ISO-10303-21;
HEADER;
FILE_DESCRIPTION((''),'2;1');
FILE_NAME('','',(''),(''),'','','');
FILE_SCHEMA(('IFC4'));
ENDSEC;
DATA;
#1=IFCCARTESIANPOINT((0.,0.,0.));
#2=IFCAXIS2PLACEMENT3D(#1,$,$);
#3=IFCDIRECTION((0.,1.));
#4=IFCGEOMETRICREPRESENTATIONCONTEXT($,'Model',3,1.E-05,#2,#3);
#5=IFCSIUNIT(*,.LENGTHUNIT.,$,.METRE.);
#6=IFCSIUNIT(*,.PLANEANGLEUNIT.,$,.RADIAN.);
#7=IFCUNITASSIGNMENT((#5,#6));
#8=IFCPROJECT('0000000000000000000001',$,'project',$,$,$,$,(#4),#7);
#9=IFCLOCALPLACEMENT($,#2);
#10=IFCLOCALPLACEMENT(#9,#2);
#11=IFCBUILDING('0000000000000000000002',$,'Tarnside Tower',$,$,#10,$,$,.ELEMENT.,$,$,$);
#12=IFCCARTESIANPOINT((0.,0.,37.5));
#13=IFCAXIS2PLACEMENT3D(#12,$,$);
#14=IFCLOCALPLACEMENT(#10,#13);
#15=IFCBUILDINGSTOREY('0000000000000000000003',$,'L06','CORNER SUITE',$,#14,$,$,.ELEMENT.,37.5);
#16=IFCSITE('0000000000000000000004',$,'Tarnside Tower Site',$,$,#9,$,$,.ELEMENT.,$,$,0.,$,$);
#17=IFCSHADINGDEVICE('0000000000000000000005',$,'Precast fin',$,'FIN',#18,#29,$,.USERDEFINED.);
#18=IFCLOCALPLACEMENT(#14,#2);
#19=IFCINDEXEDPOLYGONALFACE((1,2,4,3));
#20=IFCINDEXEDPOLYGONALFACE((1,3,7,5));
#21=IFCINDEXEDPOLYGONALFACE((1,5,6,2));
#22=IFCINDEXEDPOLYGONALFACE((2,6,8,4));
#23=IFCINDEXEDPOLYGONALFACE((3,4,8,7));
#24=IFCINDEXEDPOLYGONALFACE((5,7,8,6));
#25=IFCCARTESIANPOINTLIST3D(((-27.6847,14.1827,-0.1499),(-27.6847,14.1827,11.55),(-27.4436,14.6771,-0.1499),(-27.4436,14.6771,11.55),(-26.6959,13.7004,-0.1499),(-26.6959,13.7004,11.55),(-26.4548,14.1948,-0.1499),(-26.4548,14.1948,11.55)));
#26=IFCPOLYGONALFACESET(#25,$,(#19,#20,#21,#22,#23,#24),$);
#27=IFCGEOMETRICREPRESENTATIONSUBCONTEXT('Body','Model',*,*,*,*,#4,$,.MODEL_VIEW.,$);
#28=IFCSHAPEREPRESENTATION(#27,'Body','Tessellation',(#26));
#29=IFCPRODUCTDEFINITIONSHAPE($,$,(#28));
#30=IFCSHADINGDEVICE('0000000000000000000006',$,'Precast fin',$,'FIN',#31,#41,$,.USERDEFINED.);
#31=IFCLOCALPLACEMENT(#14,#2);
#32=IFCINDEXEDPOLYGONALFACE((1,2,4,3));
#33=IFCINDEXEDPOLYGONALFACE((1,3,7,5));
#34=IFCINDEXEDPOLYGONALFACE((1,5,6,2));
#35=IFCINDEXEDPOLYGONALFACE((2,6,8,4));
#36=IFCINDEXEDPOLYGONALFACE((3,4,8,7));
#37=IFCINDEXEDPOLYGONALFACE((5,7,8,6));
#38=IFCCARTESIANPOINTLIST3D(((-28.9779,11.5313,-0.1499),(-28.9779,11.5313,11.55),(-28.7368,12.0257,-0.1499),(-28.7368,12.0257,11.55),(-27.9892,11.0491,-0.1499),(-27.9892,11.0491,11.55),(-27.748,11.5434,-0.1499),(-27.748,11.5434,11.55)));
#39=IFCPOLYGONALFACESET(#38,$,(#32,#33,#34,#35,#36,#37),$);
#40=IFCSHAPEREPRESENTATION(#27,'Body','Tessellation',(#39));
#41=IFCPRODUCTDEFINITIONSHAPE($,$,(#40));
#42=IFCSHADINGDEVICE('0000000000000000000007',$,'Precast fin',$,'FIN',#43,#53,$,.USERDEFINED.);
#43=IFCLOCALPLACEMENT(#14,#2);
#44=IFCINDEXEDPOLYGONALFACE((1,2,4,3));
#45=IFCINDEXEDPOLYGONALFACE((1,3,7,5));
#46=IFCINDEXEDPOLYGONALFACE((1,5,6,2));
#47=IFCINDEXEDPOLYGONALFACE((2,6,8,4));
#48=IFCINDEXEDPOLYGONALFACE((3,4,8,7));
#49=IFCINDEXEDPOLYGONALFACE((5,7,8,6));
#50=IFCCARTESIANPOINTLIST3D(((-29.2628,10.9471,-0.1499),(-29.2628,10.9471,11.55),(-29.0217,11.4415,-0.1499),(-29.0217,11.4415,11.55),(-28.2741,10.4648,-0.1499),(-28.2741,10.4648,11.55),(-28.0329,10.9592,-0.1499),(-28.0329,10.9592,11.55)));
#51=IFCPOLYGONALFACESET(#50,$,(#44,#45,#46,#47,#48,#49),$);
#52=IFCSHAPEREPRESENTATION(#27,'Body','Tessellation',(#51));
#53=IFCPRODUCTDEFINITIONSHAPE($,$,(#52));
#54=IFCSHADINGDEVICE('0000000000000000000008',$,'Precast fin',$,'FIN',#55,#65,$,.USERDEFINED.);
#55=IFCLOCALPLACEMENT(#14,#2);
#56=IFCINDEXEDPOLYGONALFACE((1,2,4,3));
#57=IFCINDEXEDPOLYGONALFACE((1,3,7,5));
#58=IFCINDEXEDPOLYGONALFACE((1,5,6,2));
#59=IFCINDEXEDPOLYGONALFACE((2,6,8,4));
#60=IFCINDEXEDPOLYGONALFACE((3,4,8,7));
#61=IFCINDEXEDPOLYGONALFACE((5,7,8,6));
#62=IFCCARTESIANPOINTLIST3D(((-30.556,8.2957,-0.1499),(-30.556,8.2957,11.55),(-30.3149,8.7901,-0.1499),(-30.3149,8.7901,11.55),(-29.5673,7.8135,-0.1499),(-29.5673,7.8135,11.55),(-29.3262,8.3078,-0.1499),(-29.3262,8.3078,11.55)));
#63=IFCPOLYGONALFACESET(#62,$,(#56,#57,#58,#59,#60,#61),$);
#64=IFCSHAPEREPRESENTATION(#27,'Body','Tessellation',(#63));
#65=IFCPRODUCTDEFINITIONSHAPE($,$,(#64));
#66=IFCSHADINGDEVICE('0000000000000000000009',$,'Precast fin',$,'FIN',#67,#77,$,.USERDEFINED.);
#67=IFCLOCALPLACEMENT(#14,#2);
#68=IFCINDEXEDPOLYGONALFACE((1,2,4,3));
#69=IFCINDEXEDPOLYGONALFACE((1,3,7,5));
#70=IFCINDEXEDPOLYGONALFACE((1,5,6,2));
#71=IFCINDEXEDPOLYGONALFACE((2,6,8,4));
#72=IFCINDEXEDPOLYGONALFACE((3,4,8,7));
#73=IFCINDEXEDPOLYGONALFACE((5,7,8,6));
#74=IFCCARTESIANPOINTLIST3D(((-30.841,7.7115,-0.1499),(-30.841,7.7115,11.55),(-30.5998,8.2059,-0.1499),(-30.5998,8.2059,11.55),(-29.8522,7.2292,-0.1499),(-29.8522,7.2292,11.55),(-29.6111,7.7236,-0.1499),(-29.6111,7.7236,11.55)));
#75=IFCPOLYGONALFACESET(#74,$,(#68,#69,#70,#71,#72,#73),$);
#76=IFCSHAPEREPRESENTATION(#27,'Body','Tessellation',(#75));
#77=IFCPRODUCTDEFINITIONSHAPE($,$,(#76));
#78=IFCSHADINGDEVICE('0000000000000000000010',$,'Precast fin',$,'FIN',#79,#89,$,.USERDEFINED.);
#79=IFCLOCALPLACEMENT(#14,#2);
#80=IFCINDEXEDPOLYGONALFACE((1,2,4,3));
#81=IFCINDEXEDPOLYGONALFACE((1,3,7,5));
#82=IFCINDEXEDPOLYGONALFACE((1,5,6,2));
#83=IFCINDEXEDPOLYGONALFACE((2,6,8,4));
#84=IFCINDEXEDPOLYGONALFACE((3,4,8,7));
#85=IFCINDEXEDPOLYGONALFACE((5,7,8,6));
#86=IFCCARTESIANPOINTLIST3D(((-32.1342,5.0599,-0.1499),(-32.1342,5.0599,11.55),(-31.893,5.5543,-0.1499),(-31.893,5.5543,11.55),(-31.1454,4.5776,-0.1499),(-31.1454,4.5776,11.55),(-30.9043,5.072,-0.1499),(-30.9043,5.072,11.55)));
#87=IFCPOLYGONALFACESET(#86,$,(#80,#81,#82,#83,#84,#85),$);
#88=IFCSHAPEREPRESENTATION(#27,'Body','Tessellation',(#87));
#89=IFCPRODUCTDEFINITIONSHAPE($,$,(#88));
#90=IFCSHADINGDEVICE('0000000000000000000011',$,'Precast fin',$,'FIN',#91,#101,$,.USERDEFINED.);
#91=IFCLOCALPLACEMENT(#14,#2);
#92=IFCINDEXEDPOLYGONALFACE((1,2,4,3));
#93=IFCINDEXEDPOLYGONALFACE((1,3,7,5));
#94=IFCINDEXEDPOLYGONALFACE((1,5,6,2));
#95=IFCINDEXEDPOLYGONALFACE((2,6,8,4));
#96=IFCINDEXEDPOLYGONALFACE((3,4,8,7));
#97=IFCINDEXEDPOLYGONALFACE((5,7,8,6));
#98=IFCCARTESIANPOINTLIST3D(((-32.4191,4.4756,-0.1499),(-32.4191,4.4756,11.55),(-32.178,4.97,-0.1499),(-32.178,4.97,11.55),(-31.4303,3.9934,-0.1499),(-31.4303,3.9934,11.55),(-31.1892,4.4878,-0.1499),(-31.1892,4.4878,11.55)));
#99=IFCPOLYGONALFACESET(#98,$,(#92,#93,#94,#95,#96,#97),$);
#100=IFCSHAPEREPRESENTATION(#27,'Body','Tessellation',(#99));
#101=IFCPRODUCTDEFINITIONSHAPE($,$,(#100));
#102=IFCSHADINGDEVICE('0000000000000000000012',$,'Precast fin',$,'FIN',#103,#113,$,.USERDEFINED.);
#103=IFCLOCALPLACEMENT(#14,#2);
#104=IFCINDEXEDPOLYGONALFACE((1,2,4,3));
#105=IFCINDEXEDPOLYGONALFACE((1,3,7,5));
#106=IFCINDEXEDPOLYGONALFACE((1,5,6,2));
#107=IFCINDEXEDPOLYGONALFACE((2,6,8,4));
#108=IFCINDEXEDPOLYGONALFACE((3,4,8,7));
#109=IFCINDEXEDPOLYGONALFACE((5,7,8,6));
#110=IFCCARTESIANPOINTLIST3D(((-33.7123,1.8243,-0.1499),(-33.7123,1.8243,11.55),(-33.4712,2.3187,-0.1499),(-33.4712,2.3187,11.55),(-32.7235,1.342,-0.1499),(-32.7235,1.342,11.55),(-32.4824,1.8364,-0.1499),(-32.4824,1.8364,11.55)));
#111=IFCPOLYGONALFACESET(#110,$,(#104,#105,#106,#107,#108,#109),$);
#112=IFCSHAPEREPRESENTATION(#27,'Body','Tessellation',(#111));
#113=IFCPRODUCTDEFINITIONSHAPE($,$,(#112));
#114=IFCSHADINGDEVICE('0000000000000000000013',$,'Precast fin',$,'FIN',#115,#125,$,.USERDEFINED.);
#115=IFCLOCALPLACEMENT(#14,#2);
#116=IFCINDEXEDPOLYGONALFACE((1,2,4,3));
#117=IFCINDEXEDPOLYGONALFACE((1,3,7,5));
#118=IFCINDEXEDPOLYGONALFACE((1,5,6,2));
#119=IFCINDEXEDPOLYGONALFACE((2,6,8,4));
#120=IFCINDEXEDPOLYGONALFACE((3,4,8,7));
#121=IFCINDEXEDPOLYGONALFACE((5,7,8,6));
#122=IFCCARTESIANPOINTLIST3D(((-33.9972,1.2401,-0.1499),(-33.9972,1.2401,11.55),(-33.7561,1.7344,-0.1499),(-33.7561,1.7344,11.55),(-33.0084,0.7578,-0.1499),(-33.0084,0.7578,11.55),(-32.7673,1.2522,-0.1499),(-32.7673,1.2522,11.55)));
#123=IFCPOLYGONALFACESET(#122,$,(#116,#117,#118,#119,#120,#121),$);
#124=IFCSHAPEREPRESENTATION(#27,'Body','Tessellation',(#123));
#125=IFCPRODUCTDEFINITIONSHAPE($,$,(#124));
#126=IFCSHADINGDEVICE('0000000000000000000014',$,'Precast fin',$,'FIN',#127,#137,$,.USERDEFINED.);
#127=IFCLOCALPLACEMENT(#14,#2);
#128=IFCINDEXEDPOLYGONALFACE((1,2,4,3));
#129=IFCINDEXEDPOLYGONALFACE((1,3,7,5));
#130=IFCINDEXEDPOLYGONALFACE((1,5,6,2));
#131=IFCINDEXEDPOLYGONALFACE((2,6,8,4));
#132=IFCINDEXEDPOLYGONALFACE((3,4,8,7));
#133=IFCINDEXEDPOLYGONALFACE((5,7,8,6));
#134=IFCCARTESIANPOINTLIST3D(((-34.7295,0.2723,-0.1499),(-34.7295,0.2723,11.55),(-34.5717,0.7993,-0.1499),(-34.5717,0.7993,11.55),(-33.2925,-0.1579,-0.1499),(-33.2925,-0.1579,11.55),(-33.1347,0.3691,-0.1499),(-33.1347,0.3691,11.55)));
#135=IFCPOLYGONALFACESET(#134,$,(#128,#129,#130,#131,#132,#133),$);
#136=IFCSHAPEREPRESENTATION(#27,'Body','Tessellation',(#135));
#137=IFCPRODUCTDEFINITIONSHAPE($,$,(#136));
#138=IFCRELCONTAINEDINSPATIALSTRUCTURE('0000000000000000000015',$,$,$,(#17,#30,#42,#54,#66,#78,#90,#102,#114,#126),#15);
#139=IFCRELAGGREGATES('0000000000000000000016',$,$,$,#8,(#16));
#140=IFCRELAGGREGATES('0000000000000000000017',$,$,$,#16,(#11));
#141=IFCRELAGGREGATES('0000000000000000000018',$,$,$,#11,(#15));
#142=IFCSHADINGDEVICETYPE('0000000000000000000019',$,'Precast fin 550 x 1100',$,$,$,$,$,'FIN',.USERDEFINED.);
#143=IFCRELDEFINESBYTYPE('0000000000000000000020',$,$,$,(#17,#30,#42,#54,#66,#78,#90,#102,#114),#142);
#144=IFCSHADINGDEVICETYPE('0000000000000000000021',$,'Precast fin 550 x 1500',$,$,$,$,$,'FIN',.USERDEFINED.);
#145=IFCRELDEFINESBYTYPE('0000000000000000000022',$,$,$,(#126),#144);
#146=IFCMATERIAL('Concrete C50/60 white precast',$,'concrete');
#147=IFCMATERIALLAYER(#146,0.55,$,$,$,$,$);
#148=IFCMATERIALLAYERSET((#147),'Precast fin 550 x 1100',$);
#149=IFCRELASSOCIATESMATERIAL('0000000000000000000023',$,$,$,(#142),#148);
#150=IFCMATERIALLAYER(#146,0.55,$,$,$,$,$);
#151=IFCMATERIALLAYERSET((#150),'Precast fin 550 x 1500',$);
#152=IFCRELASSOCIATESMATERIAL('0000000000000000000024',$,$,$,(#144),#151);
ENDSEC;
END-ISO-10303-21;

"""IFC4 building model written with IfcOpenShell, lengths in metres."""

from ifc_helpers import new_model, si_unit, direction, frame, origin, place, context, subcontext, project, spatial, polyline, outline, extrude, material, layer, layer_set, type_object, element, save


model = new_model("IFC4")

# Units and contexts
model_context = context("Model", 3, precision=1e-05, world=origin(), true_north=direction((0.0, 1.0)))
body_context = subcontext(model_context, "Body", "Model", "MODEL_VIEW")
ifc_project = project(units=[si_unit("LENGTHUNIT", "METRE"), si_unit("PLANEANGLEUNIT", "RADIAN")], contexts=[model_context])

# Site, building, storey
site_placement = place(None, origin())
site = spatial("IfcSite", under=ifc_project, at=site_placement, Name="Tarnside Tower Site", CompositionType="ELEMENT", RefElevation=0.0)
building_placement = place(site_placement, origin())
building = spatial("IfcBuilding", under=site, at=building_placement, Name="Tarnside Tower", CompositionType="ELEMENT")
storey_placement = place(building_placement, frame((0.0, 0.0, 37.5)))
storey = spatial("IfcBuildingStorey", under=building, at=storey_placement, Name="L06", Description="CORNER SUITE", CompositionType="ELEMENT", Elevation=37.5)

# Shading devices
ifc_material_1 = material(Name="Concrete C50/60 white precast", Category="concrete")
ifc_layer_1 = layer(ifc_material_1, 0.55)
ifc_layer_set_1 = layer_set([ifc_layer_1], Name="Precast fin 550 x 1100")
shading_device_type_1 = type_object("IfcShadingDeviceType", Name="Precast fin 550 x 1100", ElementType="FIN", PredefinedType="USERDEFINED", material=ifc_layer_set_1)
for number, where, z_axis, x_axis, name in (
    (1, (-26.5754, 13.9475, -0.1499), (0.438371, 0.898794, 0.0), (-0.898794, 0.438371, 0.0), "Precast fin"),
    (2, (-27.8687, 11.2961, -0.1499), (0.438371, 0.898794, 0.0), (-0.898794, 0.438371, 0.0), "Precast fin"),
    (3, (-28.1536, 10.7119, -0.1499), (0.438371, 0.898794, 0.0), (-0.898794, 0.438371, 0.0), "Precast fin"),
    (4, (-29.4468, 8.0605, -0.1499), (0.438371, 0.898794, 0.0), (-0.898794, 0.438371, 0.0), "Precast fin"),
    (5, (-29.7317, 7.4763, -0.1499), (0.438371, 0.898794, 0.0), (-0.898794, 0.438371, 0.0), "Precast fin"),
    (6, (-31.0249, 4.8247, -0.1499), (0.438371, 0.898794, 0.0), (-0.898794, 0.438371, 0.0), "Precast fin"),
    (7, (-31.3098, 4.2405, -0.1499), (0.438371, 0.898794, 0.0), (-0.898794, 0.438371, 0.0), "Precast fin"),
    (8, (-32.603, 1.5891, -0.1499), (0.438371, 0.898794, 0.0), (-0.898794, 0.438371, 0.0), "Precast fin"),
    (9, (-32.8879, 1.0049, -0.1499), (0.438371, 0.898794, 0.0), (-0.898794, 0.438371, 0.0), "Precast fin"),
):
    element("IfcShadingDevice", number, at=place(storey_placement, frame(where, z_axis=z_axis, x_axis=x_axis)), inside=storey, type_object=shading_device_type_1, Name=name, ObjectType="FIN", PredefinedType="USERDEFINED", context=body_context, shape_type="SweptSolid", body=[
        extrude(outline(polyline([(0.0, 0.0), (1.1001, 0.0), (1.1001, 11.7), (0.0, 11.7), (0.0, 0.0)])), frame((0.0, 0.0, -0.2749)), (0.0, 0.0, 1.0), 0.55),
    ])
ifc_layer_2 = layer(ifc_material_1, 0.55)
ifc_layer_set_2 = layer_set([ifc_layer_2], Name="Precast fin 550 x 1500")
shading_device_type_2 = type_object("IfcShadingDeviceType", Name="Precast fin 550 x 1500", ElementType="FIN", PredefinedType="USERDEFINED", material=ifc_layer_set_2)
shading_device_placement = place(storey_placement, frame((-33.2136, 0.1055, -0.1499), z_axis=(0.286803, 0.95799, 0.0), x_axis=(-0.95799, 0.286803, 0.0)))
element("IfcShadingDevice", 10, at=shading_device_placement, inside=storey, type_object=shading_device_type_2, Name="Precast fin", ObjectType="FIN", PredefinedType="USERDEFINED", context=body_context, shape_type="SweptSolid", body=[
    extrude(outline(polyline([(0.0, 0.0), (1.5, 0.0), (1.5, 11.7), (0.0, 11.7), (0.0, 0.0)])), frame((0.0, 0.0, -0.2749)), (0.0, 0.0, 1.0), 0.55),
])

save(model, "model.ifc")
